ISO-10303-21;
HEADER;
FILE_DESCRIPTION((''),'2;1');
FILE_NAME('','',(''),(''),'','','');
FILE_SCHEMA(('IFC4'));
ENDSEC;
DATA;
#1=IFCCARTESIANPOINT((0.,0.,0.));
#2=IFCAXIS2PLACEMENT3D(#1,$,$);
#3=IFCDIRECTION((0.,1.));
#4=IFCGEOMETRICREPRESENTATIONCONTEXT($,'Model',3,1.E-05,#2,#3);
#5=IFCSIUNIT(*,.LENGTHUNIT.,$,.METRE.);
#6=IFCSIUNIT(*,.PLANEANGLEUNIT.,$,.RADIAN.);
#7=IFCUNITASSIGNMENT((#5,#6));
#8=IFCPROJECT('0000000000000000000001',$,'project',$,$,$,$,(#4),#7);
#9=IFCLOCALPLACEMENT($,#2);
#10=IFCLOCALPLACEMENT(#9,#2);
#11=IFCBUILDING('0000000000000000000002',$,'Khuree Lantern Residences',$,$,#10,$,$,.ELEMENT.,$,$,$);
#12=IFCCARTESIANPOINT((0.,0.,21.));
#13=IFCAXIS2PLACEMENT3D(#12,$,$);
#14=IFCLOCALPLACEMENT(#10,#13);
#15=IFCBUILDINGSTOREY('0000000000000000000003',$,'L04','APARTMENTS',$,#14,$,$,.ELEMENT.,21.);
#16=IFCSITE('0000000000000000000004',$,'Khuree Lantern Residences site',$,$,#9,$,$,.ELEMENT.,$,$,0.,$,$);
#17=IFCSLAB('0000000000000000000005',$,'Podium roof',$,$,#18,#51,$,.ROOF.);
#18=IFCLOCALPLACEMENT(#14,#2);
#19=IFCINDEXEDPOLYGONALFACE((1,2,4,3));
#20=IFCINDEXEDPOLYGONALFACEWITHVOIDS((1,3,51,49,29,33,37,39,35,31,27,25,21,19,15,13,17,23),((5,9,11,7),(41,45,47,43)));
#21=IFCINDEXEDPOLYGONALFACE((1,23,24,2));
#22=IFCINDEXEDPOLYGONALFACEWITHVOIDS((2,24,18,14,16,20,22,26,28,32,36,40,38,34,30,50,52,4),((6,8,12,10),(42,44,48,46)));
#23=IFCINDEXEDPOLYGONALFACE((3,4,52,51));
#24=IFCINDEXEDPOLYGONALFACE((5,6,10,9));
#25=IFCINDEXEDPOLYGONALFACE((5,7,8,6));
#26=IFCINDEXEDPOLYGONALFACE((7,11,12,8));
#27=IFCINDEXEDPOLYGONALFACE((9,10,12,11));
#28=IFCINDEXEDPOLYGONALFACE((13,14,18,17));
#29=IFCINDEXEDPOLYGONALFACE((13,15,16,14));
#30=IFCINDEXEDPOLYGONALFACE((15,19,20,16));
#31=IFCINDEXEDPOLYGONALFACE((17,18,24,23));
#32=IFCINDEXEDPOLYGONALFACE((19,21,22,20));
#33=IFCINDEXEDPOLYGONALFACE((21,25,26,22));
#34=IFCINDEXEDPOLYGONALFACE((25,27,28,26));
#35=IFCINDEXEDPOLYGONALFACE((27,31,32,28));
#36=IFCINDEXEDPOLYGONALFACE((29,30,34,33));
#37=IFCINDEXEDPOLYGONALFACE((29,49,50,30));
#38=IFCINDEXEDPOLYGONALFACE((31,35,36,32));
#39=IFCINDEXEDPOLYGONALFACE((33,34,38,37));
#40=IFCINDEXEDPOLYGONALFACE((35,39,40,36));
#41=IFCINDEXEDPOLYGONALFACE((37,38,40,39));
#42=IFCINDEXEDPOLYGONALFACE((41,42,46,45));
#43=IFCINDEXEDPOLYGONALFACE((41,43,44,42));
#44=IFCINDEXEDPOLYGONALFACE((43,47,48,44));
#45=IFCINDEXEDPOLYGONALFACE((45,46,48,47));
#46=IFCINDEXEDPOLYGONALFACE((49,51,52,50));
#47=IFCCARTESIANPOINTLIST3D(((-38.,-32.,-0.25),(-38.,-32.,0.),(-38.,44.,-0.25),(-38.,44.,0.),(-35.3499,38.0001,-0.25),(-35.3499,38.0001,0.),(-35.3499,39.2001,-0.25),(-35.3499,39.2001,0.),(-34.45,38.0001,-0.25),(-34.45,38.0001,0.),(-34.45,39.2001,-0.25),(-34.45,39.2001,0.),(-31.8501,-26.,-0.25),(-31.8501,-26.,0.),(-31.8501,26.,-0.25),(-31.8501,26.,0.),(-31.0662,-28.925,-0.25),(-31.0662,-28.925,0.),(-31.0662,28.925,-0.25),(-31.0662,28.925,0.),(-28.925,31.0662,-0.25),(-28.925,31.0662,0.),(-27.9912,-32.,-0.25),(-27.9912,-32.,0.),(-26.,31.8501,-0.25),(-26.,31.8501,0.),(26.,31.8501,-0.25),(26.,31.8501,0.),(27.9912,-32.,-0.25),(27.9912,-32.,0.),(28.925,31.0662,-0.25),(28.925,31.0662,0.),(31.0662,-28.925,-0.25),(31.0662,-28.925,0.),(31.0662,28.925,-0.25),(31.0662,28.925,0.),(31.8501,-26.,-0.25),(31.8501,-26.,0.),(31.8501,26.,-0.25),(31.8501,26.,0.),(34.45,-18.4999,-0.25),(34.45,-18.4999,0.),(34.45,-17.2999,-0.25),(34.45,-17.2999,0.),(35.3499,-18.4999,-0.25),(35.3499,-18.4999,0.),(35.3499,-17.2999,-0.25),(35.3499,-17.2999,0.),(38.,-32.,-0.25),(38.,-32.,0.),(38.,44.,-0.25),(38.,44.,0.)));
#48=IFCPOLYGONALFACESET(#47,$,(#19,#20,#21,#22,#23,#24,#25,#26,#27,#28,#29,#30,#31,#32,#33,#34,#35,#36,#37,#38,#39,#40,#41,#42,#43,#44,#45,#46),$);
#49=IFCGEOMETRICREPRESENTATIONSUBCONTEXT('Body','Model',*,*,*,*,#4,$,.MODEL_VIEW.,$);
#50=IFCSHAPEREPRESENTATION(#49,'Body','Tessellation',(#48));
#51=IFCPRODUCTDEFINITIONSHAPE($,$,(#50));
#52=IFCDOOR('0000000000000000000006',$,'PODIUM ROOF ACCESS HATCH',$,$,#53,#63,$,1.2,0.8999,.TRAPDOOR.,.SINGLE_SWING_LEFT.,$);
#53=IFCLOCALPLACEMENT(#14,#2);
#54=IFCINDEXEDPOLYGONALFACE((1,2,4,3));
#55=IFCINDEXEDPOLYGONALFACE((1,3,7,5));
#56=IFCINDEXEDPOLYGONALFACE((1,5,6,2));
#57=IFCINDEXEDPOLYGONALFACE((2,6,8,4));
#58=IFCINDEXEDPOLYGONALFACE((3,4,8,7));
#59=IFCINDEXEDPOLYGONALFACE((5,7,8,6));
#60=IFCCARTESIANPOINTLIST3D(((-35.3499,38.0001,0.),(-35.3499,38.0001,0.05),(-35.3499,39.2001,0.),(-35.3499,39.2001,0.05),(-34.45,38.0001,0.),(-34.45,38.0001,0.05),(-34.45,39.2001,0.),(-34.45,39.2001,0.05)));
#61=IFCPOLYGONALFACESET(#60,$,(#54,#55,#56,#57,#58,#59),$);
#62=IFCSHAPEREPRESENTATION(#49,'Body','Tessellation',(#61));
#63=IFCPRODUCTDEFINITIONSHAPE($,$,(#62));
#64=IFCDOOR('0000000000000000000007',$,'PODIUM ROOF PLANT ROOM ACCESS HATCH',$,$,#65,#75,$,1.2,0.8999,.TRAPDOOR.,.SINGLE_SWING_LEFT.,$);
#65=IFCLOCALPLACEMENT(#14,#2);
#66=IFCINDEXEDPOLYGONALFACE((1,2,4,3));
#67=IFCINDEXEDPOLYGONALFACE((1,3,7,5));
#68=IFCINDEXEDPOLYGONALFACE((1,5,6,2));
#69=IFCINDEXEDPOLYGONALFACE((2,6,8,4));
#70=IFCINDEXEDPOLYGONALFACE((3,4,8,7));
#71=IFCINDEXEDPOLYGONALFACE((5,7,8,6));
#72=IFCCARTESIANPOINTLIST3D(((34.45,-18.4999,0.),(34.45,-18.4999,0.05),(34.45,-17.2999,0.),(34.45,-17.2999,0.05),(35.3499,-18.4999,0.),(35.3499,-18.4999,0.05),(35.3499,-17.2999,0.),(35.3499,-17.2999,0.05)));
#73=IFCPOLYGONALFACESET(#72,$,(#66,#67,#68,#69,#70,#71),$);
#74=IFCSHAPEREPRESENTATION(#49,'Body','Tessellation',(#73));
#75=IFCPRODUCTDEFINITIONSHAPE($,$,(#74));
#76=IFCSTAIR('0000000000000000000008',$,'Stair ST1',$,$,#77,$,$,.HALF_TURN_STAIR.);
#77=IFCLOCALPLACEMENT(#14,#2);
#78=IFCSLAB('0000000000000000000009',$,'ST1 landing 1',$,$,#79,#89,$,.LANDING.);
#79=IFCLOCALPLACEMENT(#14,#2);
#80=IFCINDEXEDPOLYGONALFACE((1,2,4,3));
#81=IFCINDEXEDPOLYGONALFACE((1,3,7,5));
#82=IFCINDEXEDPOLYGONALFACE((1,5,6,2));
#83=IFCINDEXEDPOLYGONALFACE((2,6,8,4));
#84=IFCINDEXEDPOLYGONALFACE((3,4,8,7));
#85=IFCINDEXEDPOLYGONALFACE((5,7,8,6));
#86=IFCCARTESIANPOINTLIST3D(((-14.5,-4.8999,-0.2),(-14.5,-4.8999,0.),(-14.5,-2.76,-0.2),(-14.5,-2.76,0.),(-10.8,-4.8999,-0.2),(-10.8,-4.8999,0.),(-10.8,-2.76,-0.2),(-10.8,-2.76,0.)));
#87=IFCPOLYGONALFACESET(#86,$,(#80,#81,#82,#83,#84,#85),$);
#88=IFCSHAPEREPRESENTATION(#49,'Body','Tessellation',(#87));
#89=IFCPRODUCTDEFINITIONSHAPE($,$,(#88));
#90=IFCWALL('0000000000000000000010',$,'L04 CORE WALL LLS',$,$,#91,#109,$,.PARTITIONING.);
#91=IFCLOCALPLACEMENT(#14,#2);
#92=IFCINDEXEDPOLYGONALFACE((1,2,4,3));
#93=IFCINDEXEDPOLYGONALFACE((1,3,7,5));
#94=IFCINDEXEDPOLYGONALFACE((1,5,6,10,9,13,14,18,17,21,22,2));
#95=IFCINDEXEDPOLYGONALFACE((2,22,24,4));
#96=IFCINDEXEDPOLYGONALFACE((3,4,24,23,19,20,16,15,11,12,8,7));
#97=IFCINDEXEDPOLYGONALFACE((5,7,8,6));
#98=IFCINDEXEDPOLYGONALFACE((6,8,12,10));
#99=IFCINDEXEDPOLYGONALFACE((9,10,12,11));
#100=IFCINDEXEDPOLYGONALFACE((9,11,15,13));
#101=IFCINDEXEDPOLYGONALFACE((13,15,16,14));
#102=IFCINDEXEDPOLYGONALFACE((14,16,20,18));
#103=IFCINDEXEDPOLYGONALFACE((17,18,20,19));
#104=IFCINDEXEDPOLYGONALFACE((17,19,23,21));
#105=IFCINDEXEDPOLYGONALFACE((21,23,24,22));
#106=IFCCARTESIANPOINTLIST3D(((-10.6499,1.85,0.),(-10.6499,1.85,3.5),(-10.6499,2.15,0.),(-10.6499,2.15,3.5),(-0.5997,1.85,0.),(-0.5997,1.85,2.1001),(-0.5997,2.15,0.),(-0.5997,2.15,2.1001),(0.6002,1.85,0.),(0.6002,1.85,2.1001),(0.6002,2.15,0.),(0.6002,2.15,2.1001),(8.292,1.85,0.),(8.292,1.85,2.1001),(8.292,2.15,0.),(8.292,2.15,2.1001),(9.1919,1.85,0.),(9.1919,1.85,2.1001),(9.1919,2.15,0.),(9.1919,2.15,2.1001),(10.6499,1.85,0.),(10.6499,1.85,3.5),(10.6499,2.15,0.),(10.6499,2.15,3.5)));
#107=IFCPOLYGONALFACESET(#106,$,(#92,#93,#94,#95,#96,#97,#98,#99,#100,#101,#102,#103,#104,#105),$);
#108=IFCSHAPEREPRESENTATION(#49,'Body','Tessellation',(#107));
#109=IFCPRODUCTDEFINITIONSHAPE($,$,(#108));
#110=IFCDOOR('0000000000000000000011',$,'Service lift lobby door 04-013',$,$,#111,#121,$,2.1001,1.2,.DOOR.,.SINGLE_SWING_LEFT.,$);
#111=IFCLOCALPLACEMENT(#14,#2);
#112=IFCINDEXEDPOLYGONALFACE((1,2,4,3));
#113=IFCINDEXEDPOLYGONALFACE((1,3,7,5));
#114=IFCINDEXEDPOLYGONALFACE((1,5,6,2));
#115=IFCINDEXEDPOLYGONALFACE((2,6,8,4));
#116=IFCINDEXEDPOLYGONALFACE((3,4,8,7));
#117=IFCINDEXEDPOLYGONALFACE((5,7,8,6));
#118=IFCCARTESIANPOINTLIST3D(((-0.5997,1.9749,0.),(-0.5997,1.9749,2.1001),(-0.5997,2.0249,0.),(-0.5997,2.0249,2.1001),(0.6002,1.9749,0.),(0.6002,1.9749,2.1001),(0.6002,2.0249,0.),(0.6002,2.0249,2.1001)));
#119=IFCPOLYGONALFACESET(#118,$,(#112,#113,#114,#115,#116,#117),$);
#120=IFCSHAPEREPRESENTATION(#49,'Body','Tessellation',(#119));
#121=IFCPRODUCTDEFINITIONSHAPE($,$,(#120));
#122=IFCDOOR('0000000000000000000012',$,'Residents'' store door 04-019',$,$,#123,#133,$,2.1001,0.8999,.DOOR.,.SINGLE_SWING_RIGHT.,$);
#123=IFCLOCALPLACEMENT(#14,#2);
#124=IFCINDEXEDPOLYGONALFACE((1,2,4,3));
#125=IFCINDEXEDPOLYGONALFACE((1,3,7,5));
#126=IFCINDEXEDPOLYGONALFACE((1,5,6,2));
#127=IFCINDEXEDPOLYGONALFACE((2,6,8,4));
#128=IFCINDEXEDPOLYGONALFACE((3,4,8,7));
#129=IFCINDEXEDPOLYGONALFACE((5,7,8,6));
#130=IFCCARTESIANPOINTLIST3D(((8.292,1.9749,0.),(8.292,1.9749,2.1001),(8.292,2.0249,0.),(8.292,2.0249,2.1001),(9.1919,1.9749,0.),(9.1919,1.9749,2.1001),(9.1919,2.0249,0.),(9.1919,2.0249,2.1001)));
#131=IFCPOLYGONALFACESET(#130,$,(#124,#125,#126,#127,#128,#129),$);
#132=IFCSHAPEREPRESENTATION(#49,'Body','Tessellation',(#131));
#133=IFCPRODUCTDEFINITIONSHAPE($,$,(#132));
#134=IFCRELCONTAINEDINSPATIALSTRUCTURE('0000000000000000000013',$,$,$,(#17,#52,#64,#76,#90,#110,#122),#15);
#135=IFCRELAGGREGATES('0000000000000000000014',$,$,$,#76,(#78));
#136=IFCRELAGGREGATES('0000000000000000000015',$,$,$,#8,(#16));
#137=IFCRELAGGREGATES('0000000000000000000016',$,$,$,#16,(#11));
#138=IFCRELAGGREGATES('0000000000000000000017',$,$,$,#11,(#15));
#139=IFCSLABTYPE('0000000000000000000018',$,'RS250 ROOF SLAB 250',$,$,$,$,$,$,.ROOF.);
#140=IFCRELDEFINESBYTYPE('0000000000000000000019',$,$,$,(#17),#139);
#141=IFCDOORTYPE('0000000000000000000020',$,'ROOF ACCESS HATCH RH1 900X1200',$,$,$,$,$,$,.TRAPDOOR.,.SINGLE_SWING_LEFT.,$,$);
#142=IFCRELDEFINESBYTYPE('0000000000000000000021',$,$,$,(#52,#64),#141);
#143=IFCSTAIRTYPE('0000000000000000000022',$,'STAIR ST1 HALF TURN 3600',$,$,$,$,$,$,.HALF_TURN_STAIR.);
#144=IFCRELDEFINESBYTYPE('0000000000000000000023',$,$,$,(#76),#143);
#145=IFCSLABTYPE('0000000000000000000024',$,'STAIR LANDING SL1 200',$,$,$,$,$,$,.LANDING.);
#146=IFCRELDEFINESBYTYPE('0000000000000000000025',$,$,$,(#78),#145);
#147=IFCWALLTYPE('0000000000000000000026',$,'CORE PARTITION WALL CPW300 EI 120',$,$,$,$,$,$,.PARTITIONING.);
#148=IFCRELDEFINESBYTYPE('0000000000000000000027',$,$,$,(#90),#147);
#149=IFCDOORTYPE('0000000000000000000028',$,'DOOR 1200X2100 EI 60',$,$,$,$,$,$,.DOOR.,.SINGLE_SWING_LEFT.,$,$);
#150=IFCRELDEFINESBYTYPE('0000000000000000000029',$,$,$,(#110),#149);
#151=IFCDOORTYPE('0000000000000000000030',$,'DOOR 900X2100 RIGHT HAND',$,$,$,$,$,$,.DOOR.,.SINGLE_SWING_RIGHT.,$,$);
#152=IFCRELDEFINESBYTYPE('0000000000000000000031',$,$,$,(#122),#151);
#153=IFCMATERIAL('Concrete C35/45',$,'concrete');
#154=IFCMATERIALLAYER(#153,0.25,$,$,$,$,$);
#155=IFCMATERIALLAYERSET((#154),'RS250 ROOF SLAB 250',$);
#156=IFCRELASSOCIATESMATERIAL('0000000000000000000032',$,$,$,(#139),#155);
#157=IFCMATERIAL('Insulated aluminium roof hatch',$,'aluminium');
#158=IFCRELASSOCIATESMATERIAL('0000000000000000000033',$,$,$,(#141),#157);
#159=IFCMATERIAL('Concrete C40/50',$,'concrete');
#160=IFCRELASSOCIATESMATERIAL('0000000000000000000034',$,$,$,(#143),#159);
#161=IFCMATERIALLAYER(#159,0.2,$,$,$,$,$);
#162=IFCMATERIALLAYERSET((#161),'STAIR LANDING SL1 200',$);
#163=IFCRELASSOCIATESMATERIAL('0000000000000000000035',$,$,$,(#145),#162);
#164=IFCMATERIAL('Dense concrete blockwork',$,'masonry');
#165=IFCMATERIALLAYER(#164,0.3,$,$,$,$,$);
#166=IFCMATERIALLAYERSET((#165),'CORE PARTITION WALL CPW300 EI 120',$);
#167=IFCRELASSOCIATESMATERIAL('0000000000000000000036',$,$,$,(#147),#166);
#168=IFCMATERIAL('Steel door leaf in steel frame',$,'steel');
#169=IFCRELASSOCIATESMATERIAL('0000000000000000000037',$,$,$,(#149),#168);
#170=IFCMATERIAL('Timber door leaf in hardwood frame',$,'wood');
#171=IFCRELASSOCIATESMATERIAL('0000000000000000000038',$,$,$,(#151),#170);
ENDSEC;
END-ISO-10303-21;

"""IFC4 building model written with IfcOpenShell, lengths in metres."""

from ifc_helpers import new_model, si_unit, direction, frame, frame_2d, origin, origin_2d, place, context, subcontext, project, spatial, polyline, rectangle, outline, extrude, material, layer, layer_set, type_object, element, fill, aggregate, save


model = new_model("IFC4")

# Units and contexts
model_context = context("Model", 3, precision=1e-05, world=origin(), true_north=direction((0.0, 1.0)))
body_context = subcontext(model_context, "Body", "Model", "MODEL_VIEW")
ifc_project = project(units=[si_unit("LENGTHUNIT", "METRE"), si_unit("PLANEANGLEUNIT", "RADIAN")], contexts=[model_context])

# Site, building, storey
site_placement = place(None, origin())
site = spatial("IfcSite", under=ifc_project, at=site_placement, Name="Khuree Lantern Residences site", CompositionType="ELEMENT", RefElevation=0.0)
building_placement = place(site_placement, origin())
building = spatial("IfcBuilding", under=site, at=building_placement, Name="Khuree Lantern Residences", CompositionType="ELEMENT")
storey_placement = place(building_placement, frame((0.0, 0.0, 21.0)))
storey = spatial("IfcBuildingStorey", under=building, at=storey_placement, Name="L04", Description="APARTMENTS", CompositionType="ELEMENT", Elevation=21.0)

# Shared definitions
ifc_material_1 = material(Name="Concrete C35/45", Category="concrete")

# Slab, openings, doors
ifc_layer_1 = layer(ifc_material_1, 0.25)
ifc_layer_set_1 = layer_set([ifc_layer_1], Name="RS250 ROOF SLAB 250")
slab_type_1 = type_object("IfcSlabType", Name="RS250 ROOF SLAB 250", PredefinedType="ROOF", material=ifc_layer_set_1)
slab_1_placement = place(storey_placement, frame((0.0, 0.0, -0.25)))
slab_1 = element("IfcSlab", 1, at=slab_1_placement, inside=storey, type_object=slab_type_1, Name="Podium roof", PredefinedType="ROOF", context=body_context, shape_type="SweptSolid", body=[
    extrude(outline(polyline([(-38.0, 44.0), (38.0, 44.0), (38.0, -32.0), (27.9912, -32.0), (28.925, -31.0662), (31.0662, -28.925), (31.8501, -26.0), (31.8501, 26.0), (31.0662, 28.925), (28.925, 31.0662), (26.0, 31.8501), (-26.0, 31.8501), (-28.925, 31.0662), (-31.0662, 28.925), (-31.8501, 26.0), (-31.8501, -26.0), (-31.0662, -28.925), (-28.925, -31.0662), (-27.9912, -32.0), (-38.0, -32.0), (-38.0, 44.0)])), origin(), (0.0, 0.0, 1.0), 0.25),
])
opening_1_placement = place(slab_1_placement, frame((-34.8999, 38.6001, 0.0)))
opening_1 = element("IfcOpeningElement", 2, at=opening_1_placement, cuts=slab_1, PredefinedType="OPENING", context=body_context, shape_type="SweptSolid", body=[
    extrude(rectangle(XDim=0.8999, YDim=1.2, at=origin_2d()), origin(), (0.0, 0.0, 1.0), 0.3),
])
opening_2_placement = place(slab_1_placement, frame((34.8999, -17.8999, 0.0)))
opening_2 = element("IfcOpeningElement", 3, at=opening_2_placement, cuts=slab_1, PredefinedType="OPENING", context=body_context, shape_type="SweptSolid", body=[
    extrude(rectangle(XDim=0.8999, YDim=1.2, at=origin_2d()), origin(), (0.0, 0.0, 1.0), 0.3),
])
ifc_material_2 = material(Name="Insulated aluminium roof hatch", Category="aluminium")
door_type_1 = type_object("IfcDoorType", Name="ROOF ACCESS HATCH RH1 900X1200", OperationType="SINGLE_SWING_LEFT", PredefinedType="TRAPDOOR", material=ifc_material_2)
door_1_placement = place(opening_1_placement, frame((0.0, 0.0, 0.25)))
door_1 = element("IfcDoor", 4, at=door_1_placement, inside=storey, type_object=door_type_1, Name="PODIUM ROOF ACCESS HATCH", OperationType="SINGLE_SWING_LEFT", OverallHeight=1.2, OverallWidth=0.8999, PredefinedType="TRAPDOOR", context=body_context, shape_type="SweptSolid", body=[
    extrude(rectangle(XDim=0.8999, YDim=1.2, at=origin_2d()), origin(), (0.0, 0.0, 1.0), 0.05),
])
fill(opening_1, door_1)
door_2_placement = place(opening_2_placement, frame((0.0, 0.0, 0.25)))
door_2 = element("IfcDoor", 5, at=door_2_placement, inside=storey, type_object=door_type_1, Name="PODIUM ROOF PLANT ROOM ACCESS HATCH", OperationType="SINGLE_SWING_LEFT", OverallHeight=1.2, OverallWidth=0.8999, PredefinedType="TRAPDOOR", context=body_context, shape_type="SweptSolid", body=[
    extrude(rectangle(XDim=0.8999, YDim=1.2, at=origin_2d()), origin(), (0.0, 0.0, 1.0), 0.05),
])
fill(opening_2, door_2)

# Stair, slab
ifc_material_3 = material(Name="Concrete C40/50", Category="concrete")
stair_type = type_object("IfcStairType", Name="STAIR ST1 HALF TURN 3600", PredefinedType="HALF_TURN_STAIR", material=ifc_material_3)
stair_placement = place(storey_placement, origin())
stair = element("IfcStair", 6, at=stair_placement, inside=storey, type_object=stair_type, Name="Stair ST1", PredefinedType="HALF_TURN_STAIR")
ifc_layer_2 = layer(ifc_material_3, 0.2)
ifc_layer_set_2 = layer_set([ifc_layer_2], Name="STAIR LANDING SL1 200")
slab_type_2 = type_object("IfcSlabType", Name="STAIR LANDING SL1 200", PredefinedType="LANDING", material=ifc_layer_set_2)
slab_2_placement = place(storey_placement, frame((0.0, 0.0, -0.2)))
slab_2 = element("IfcSlab", 7, at=slab_2_placement, type_object=slab_type_2, Name="ST1 landing 1", PredefinedType="LANDING", context=body_context, shape_type="SweptSolid", body=[
    extrude(outline(polyline([(-14.5, -4.8999), (-10.8, -4.8999), (-10.8, -2.76), (-14.5, -2.76), (-14.5, -4.8999)])), origin(), (0.0, 0.0, 1.0), 0.2),
])

# Wall, openings, doors
ifc_material_4 = material(Name="Dense concrete blockwork", Category="masonry")
ifc_layer_3 = layer(ifc_material_4, 0.3)
ifc_layer_set_3 = layer_set([ifc_layer_3], Name="CORE PARTITION WALL CPW300 EI 120")
wall_type_1 = type_object("IfcWallType", Name="CORE PARTITION WALL CPW300 EI 120", PredefinedType="PARTITIONING", material=ifc_layer_set_3)
wall_1_placement = place(storey_placement, frame((-10.6499, 2.0, 0.0), z_axis=(0.0, 0.0, 1.0), x_axis=(1.0, 0.0, 0.0)))
wall_1 = element("IfcWall", 8, at=wall_1_placement, inside=storey, type_object=wall_type_1, Name="L04 CORE WALL LLS", PredefinedType="PARTITIONING", context=body_context, shape_type="SweptSolid", body=[
    extrude(rectangle(XDim=21.2998, YDim=0.3, at=frame_2d((10.6499, 0.0))), origin(), (0.0, 0.0, 1.0), 3.5),
])
opening_3_placement = place(wall_1_placement, frame((10.05, 0.0, 0.0)))
opening_3 = element("IfcOpeningElement", 9, at=opening_3_placement, cuts=wall_1, PredefinedType="OPENING", context=body_context, shape_type="SweptSolid", body=[
    extrude(rectangle(XDim=1.2, YDim=2.1001, at=frame_2d((0.6001, 1.05))), frame((0.0, 0.1602, 0.0), z_axis=(0.0, -1.0, 0.0), x_axis=(1.0, 0.0, 0.0)), (0.0, 0.0, 1.0), 0.3201),
])
opening_4_placement = place(wall_1_placement, frame((18.9419, 0.0, 0.0)))
opening_4 = element("IfcOpeningElement", 10, at=opening_4_placement, cuts=wall_1, PredefinedType="OPENING", context=body_context, shape_type="SweptSolid", body=[
    extrude(rectangle(XDim=0.8999, YDim=2.1001, at=frame_2d((0.45, 1.05))), frame((0.0, 0.1602, 0.0), z_axis=(0.0, -1.0, 0.0), x_axis=(1.0, 0.0, 0.0)), (0.0, 0.0, 1.0), 0.3201),
])
ifc_material_5 = material(Name="Steel door leaf in steel frame", Category="steel")
door_type_2 = type_object("IfcDoorType", Name="DOOR 1200X2100 EI 60", OperationType="SINGLE_SWING_LEFT", PredefinedType="DOOR", material=ifc_material_5)
door_3_placement = place(opening_3_placement, origin())
door_3 = element("IfcDoor", 11, at=door_3_placement, inside=storey, type_object=door_type_2, Name="Service lift lobby door 04-013", OperationType="SINGLE_SWING_LEFT", OverallHeight=2.1001, OverallWidth=1.2, PredefinedType="DOOR", context=body_context, shape_type="SweptSolid", body=[
    extrude(rectangle(XDim=1.2, YDim=2.1001, at=frame_2d((0.6001, 1.05))), frame((0.0, 0.0249, 0.0), z_axis=(0.0, -1.0, 0.0), x_axis=(1.0, 0.0, 0.0)), (0.0, 0.0, 1.0), 0.05),
])
fill(opening_3, door_3)
ifc_material_6 = material(Name="Timber door leaf in hardwood frame", Category="wood")
door_type_3 = type_object("IfcDoorType", Name="DOOR 900X2100 RIGHT HAND", OperationType="SINGLE_SWING_RIGHT", PredefinedType="DOOR", material=ifc_material_6)
door_4_placement = place(opening_4_placement, origin())
door_4 = element("IfcDoor", 12, at=door_4_placement, inside=storey, type_object=door_type_3, Name="Residents' store door 04-019", OperationType="SINGLE_SWING_RIGHT", OverallHeight=2.1001, OverallWidth=0.8999, PredefinedType="DOOR", context=body_context, shape_type="SweptSolid", body=[
    extrude(rectangle(XDim=0.8999, YDim=2.1001, at=frame_2d((0.45, 1.05))), frame((0.0, 0.0249, 0.0), z_axis=(0.0, -1.0, 0.0), x_axis=(1.0, 0.0, 0.0)), (0.0, 0.0, 1.0), 0.05),
])
fill(opening_4, door_4)

aggregate(stair, [slab_2])

save(model, "model.ifc")
